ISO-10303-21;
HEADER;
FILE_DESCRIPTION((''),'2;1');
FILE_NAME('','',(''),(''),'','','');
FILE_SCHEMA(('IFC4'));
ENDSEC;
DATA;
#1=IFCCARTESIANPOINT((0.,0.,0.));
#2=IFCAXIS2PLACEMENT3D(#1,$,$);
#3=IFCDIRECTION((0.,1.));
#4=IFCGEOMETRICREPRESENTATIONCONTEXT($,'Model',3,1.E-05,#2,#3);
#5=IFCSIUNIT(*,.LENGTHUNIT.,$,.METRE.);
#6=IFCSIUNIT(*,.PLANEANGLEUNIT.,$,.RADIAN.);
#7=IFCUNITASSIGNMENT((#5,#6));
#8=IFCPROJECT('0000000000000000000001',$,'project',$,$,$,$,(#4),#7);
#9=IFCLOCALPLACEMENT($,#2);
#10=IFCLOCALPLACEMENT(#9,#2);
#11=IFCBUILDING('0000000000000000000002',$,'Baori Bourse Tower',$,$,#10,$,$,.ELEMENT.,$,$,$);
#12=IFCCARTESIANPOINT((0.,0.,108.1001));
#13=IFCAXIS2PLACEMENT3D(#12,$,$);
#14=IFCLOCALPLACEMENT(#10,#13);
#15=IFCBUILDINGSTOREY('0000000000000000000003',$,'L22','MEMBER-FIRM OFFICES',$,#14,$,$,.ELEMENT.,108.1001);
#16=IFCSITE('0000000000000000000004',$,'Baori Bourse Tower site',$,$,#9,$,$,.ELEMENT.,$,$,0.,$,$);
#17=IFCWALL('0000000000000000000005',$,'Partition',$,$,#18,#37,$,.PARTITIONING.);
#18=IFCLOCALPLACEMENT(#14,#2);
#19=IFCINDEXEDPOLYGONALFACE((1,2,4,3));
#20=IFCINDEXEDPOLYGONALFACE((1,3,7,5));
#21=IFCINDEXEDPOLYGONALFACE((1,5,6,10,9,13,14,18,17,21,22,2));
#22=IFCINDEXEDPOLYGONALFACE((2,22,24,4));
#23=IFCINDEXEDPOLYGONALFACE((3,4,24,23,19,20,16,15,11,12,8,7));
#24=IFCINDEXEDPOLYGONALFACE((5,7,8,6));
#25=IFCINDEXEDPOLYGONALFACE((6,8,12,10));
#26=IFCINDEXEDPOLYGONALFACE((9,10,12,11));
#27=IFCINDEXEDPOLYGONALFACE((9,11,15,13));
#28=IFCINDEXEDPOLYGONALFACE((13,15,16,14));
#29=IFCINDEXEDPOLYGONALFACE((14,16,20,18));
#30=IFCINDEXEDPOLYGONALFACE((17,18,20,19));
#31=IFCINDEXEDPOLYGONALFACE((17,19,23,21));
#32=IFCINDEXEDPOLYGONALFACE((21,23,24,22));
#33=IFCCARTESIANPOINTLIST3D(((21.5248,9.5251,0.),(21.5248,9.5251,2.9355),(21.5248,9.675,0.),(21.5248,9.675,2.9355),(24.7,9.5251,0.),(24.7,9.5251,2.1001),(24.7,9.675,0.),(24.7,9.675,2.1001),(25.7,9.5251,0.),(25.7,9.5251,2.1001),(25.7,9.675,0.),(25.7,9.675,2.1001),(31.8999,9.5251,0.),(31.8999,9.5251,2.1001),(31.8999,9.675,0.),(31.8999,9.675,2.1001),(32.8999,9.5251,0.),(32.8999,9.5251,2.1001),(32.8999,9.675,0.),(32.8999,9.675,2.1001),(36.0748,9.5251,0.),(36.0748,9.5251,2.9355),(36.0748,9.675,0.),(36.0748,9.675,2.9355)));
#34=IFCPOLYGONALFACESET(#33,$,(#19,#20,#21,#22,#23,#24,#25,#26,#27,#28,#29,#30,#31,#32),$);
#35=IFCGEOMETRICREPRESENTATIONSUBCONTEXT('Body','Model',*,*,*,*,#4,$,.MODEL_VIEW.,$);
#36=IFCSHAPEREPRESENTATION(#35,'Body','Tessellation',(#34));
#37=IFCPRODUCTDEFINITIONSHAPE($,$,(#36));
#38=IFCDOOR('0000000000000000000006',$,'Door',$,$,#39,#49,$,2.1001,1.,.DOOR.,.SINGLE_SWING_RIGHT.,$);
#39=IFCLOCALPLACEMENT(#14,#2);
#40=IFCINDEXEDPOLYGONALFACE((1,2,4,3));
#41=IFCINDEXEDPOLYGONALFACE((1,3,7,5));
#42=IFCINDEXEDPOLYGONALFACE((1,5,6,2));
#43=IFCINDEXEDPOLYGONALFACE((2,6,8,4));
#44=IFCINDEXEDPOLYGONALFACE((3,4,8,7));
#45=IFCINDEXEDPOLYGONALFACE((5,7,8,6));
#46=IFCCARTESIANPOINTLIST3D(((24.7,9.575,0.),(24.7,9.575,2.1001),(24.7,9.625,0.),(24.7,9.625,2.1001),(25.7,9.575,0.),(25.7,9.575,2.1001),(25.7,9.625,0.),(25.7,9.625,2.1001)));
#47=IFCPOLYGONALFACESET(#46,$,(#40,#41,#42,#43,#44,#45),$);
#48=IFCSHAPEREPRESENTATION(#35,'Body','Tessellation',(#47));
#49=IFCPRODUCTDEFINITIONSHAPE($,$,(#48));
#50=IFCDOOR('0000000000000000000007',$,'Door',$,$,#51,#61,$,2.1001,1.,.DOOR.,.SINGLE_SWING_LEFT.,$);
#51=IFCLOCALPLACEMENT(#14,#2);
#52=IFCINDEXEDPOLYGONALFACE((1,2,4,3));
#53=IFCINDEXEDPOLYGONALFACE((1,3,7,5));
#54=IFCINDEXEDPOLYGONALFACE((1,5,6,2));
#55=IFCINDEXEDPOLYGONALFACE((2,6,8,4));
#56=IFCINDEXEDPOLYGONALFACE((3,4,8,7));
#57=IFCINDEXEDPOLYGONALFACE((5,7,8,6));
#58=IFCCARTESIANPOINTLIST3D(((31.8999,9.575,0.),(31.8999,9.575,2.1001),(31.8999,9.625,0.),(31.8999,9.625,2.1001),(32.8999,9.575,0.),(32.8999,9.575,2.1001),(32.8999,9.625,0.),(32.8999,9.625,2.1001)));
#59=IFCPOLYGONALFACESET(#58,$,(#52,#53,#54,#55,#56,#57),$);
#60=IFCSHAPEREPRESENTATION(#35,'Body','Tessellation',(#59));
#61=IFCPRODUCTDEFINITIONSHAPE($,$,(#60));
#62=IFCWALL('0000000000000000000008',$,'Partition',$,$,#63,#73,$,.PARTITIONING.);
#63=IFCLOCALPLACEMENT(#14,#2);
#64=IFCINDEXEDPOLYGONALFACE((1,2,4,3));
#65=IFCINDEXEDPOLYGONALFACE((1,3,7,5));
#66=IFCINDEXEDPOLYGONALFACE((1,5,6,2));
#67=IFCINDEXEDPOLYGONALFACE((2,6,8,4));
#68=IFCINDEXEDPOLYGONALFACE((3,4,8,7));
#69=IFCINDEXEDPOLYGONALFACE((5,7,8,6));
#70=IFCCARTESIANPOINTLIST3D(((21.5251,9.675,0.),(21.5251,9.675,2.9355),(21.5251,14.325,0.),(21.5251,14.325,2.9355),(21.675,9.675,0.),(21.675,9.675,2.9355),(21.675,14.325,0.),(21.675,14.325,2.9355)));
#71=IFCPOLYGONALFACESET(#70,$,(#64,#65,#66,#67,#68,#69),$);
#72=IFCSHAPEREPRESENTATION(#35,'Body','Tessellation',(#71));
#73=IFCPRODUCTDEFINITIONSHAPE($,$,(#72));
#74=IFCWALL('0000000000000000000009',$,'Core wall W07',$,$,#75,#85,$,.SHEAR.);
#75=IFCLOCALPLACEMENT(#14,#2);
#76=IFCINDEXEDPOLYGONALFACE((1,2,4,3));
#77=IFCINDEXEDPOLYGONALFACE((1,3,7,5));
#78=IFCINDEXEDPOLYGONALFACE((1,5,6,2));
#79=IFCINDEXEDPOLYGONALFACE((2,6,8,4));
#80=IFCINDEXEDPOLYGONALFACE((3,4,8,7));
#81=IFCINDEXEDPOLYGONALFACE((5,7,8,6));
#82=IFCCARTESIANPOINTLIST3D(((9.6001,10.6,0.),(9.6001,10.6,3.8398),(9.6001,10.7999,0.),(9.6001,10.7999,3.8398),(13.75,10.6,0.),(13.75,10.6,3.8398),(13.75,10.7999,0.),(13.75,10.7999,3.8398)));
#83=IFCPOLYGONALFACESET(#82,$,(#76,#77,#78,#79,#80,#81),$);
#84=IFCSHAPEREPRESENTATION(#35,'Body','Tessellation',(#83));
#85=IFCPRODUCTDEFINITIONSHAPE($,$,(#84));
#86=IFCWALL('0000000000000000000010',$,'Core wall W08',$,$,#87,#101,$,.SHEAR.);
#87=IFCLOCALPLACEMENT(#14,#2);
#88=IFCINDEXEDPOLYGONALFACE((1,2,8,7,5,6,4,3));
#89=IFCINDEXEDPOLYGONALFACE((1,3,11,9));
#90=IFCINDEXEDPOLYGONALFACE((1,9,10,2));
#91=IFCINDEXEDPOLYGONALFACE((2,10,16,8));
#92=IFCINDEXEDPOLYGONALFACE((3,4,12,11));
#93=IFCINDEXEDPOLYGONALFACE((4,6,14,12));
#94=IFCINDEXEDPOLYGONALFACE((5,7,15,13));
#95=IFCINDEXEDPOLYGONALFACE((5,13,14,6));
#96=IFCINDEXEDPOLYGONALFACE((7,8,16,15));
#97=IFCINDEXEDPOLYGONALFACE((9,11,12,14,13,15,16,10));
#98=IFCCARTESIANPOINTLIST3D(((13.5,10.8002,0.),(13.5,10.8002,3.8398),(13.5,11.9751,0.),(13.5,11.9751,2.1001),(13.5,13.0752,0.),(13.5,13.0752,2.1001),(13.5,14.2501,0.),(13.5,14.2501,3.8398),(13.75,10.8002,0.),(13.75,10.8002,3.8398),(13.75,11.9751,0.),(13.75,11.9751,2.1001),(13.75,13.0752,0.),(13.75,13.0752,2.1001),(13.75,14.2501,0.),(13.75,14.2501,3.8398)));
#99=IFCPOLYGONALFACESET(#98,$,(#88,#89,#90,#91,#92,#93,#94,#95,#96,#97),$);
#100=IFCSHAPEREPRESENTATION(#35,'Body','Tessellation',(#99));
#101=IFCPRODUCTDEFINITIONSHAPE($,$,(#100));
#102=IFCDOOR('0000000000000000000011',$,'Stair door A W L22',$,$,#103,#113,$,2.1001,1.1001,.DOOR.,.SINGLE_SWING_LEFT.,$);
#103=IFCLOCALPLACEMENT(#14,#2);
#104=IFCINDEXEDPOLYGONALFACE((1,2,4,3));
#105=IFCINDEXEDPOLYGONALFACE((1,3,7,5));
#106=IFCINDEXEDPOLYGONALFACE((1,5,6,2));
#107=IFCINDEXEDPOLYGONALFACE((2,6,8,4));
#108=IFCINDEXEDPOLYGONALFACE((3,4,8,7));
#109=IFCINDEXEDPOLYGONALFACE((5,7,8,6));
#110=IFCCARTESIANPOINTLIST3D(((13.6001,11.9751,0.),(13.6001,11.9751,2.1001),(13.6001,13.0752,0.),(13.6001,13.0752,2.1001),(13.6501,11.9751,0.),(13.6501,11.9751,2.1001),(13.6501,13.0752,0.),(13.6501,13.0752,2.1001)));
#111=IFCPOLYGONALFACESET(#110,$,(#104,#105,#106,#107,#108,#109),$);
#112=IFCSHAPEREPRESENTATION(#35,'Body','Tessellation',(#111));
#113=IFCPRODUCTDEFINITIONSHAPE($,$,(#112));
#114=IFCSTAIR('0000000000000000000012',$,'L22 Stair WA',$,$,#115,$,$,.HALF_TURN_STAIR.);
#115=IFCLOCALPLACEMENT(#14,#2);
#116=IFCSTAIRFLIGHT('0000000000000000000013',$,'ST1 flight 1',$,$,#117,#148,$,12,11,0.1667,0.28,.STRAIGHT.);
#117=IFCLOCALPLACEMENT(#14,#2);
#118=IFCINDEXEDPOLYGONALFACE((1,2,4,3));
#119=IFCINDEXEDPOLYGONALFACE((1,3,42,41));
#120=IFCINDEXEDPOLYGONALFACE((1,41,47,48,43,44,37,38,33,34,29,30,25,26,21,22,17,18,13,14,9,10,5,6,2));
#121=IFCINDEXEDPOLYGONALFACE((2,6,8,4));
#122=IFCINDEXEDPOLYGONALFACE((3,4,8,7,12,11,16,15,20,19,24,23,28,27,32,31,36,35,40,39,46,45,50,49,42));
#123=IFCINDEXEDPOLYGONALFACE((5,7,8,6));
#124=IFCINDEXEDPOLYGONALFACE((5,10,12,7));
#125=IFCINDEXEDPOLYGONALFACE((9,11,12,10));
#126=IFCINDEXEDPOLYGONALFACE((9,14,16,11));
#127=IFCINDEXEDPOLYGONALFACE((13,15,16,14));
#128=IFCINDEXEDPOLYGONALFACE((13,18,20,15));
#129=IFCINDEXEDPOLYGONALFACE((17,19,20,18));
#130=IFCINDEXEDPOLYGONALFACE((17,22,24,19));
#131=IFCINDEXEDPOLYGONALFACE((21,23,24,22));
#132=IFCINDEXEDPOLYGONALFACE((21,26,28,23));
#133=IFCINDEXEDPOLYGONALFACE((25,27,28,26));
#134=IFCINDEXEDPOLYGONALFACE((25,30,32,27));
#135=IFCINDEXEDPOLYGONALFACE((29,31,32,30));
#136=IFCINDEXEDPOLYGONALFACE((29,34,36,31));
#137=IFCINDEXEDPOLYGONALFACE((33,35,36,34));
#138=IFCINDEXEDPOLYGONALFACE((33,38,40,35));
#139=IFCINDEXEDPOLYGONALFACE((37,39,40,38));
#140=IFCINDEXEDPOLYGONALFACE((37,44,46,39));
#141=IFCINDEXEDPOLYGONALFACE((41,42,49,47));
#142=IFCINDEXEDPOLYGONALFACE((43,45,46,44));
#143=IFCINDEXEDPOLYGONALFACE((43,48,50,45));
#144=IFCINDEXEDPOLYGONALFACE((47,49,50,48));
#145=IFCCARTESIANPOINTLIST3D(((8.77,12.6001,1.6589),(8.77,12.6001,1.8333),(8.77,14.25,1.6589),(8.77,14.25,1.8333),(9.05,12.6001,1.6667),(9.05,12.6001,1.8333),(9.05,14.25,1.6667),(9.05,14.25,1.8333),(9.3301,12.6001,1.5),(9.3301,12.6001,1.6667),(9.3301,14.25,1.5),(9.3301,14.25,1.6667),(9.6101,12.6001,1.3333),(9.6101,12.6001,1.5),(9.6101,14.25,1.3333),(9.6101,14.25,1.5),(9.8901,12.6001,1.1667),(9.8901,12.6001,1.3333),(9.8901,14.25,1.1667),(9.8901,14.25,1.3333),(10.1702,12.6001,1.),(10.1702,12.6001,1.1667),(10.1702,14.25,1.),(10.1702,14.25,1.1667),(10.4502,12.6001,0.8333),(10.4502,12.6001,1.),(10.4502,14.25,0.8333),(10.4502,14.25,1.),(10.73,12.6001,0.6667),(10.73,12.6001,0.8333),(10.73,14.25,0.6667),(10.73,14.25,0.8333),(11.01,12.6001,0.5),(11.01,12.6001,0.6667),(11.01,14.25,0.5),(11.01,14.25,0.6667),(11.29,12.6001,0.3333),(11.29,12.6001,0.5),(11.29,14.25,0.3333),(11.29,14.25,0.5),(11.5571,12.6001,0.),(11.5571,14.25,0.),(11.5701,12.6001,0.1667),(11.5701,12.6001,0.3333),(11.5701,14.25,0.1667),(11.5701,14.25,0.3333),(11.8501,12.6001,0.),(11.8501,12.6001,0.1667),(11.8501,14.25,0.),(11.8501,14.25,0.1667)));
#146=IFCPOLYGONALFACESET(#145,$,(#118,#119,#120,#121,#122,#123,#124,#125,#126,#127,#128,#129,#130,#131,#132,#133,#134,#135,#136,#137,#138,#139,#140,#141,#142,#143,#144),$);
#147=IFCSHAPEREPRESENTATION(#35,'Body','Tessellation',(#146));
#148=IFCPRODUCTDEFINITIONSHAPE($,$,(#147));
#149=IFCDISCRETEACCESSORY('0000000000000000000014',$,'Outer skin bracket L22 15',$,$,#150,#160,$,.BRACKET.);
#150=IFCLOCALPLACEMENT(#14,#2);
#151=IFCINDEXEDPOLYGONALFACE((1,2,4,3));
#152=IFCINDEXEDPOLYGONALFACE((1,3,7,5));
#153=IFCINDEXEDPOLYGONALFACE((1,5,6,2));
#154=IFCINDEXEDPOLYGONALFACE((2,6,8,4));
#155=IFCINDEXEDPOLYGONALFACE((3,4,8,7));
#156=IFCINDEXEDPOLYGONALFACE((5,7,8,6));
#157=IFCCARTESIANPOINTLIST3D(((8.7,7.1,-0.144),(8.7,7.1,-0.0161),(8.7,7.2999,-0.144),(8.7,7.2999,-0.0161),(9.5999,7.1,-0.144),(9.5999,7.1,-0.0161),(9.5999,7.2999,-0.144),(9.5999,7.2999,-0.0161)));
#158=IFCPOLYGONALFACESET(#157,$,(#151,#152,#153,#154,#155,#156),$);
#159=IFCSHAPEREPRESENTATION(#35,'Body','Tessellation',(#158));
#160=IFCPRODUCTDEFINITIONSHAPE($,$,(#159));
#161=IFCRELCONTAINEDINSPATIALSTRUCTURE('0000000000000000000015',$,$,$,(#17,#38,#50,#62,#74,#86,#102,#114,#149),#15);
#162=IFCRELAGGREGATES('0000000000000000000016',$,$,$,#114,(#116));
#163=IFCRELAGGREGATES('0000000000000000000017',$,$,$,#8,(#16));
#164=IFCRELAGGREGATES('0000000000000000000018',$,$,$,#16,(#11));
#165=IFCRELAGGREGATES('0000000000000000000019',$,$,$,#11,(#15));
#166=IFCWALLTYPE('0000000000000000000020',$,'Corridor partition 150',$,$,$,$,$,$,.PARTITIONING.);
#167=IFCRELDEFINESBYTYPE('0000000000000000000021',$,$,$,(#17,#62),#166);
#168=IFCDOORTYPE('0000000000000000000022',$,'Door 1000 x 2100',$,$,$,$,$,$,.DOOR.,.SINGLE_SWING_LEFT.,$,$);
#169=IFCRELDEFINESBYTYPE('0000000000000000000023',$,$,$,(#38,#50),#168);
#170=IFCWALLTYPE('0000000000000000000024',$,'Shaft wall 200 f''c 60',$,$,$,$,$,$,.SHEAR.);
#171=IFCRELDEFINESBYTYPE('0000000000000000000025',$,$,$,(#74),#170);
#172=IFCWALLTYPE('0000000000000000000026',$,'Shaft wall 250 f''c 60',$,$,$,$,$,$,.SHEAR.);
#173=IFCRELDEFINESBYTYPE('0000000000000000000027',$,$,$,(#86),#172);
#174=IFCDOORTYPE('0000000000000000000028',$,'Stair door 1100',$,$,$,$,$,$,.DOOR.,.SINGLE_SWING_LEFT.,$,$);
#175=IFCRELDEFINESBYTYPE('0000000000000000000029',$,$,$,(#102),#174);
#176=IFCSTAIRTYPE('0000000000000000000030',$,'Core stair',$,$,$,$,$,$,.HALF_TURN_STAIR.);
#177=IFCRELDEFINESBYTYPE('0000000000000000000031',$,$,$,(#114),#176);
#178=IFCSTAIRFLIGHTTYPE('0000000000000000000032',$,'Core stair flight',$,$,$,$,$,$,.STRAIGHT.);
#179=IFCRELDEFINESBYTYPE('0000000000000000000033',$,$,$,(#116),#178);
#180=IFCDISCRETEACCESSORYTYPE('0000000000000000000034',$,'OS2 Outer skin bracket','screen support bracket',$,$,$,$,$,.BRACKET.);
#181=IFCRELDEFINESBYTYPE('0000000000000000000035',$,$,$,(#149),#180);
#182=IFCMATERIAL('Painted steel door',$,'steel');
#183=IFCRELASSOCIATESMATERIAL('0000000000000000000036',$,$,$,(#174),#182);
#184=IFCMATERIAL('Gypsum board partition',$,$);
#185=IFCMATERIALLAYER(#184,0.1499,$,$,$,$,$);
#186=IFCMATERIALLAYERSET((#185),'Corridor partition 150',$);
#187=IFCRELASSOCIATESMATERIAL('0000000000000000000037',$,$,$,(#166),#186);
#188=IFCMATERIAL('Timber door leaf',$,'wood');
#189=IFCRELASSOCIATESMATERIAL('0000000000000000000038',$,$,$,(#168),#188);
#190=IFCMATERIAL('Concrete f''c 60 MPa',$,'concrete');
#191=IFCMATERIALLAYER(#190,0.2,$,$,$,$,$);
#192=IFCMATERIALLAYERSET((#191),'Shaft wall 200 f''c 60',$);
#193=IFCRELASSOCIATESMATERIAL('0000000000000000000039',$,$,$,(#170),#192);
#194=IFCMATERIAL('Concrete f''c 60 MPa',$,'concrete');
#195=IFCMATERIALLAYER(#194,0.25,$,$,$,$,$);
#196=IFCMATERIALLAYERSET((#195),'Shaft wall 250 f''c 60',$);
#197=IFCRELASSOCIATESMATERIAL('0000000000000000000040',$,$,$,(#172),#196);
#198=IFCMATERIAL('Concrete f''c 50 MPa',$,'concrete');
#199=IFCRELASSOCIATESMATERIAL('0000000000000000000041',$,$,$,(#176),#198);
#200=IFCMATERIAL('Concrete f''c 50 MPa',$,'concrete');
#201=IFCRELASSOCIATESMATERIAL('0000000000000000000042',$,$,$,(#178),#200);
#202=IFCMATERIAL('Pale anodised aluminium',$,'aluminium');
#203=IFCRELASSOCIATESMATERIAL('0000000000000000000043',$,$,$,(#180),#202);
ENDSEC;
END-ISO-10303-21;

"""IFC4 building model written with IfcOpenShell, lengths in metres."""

from ifc_helpers import new_model, si_unit, direction, frame, frame_2d, origin, origin_2d, place, context, subcontext, project, spatial, polyline, rectangle, outline, extrude, material, layer, layer_set, type_object, element, fill, aggregate, save


model = new_model("IFC4")

# Units and contexts
model_context = context("Model", 3, precision=1e-05, world=origin(), true_north=direction((0.0, 1.0)))
body_context = subcontext(model_context, "Body", "Model", "MODEL_VIEW")
ifc_project = project(units=[si_unit("LENGTHUNIT", "METRE"), si_unit("PLANEANGLEUNIT", "RADIAN")], contexts=[model_context])

# Site, building, storey
site_placement = place(None, origin())
site = spatial("IfcSite", under=ifc_project, at=site_placement, Name="Baori Bourse Tower site", CompositionType="ELEMENT", RefElevation=0.0)
building_placement = place(site_placement, origin())
building = spatial("IfcBuilding", under=site, at=building_placement, Name="Baori Bourse Tower", CompositionType="ELEMENT")
storey_placement = place(building_placement, frame((0.0, 0.0, 108.1001)))
storey = spatial("IfcBuildingStorey", under=building, at=storey_placement, Name="L22", Description="MEMBER-FIRM OFFICES", CompositionType="ELEMENT", Elevation=108.1001)

# Shared definitions
ifc_material_1 = material(Name="Painted steel door", Category="steel")
door_type_1 = type_object("IfcDoorType", Name="Stair door 1100", OperationType="SINGLE_SWING_LEFT", PredefinedType="DOOR", material=ifc_material_1)

# Wall, openings, doors
ifc_material_2 = material(Name="Gypsum board partition")
ifc_layer_1 = layer(ifc_material_2, 0.1499)
ifc_layer_set_1 = layer_set([ifc_layer_1], Name="Corridor partition 150")
wall_type_1 = type_object("IfcWallType", Name="Corridor partition 150", PredefinedType="PARTITIONING", material=ifc_layer_set_1)
ifc_material_3 = material(Name="Timber door leaf", Category="wood")
door_type_2 = type_object("IfcDoorType", Name="Door 1000 x 2100", OperationType="SINGLE_SWING_LEFT", PredefinedType="DOOR", material=ifc_material_3)
wall_1_placement = place(storey_placement, frame((21.5249, 9.6001, 0.0), z_axis=(0.0, 0.0, 1.0), x_axis=(1.0, 0.0, 0.0)))
wall_1 = element("IfcWall", 1, at=wall_1_placement, inside=storey, type_object=wall_type_1, Name="Partition", PredefinedType="PARTITIONING", context=body_context, shape_type="SweptSolid", body=[
    extrude(rectangle(XDim=14.55, YDim=0.1499, at=frame_2d((7.2749, 0.0))), origin(), (0.0, 0.0, 1.0), 2.9355),
])
opening_1_placement = place(wall_1_placement, frame((3.175, 0.0, 0.0)))
opening_1 = element("IfcOpeningElement", 2, at=opening_1_placement, cuts=wall_1, PredefinedType="OPENING", context=body_context, shape_type="SweptSolid", body=[
    extrude(rectangle(XDim=1.0, YDim=2.1001, at=frame_2d((0.5, 1.05))), frame((0.0, 0.085, 0.0), z_axis=(0.0, -1.0, 0.0), x_axis=(1.0, 0.0, 0.0)), (0.0, 0.0, 1.0), 0.1699),
])
opening_2_placement = place(wall_1_placement, frame((10.375, 0.0, 0.0)))
opening_2 = element("IfcOpeningElement", 3, at=opening_2_placement, cuts=wall_1, PredefinedType="OPENING", context=body_context, shape_type="SweptSolid", body=[
    extrude(rectangle(XDim=1.0, YDim=2.1001, at=frame_2d((0.5, 1.05))), frame((0.0, 0.085, 0.0), z_axis=(0.0, -1.0, 0.0), x_axis=(1.0, 0.0, 0.0)), (0.0, 0.0, 1.0), 0.1699),
])
door_1_placement = place(opening_1_placement, origin())
door_1 = element("IfcDoor", 4, at=door_1_placement, inside=storey, type_object=door_type_2, Name="Door", OperationType="SINGLE_SWING_RIGHT", OverallHeight=2.1001, OverallWidth=1.0, PredefinedType="DOOR", context=body_context, shape_type="SweptSolid", body=[
    extrude(rectangle(XDim=1.0, YDim=2.1001, at=frame_2d((0.5, 1.05))), frame((0.0, 0.0249, 0.0), z_axis=(0.0, -1.0, 0.0), x_axis=(1.0, 0.0, 0.0)), (0.0, 0.0, 1.0), 0.05),
])
fill(opening_1, door_1)
door_2_placement = place(opening_2_placement, origin())
door_2 = element("IfcDoor", 5, at=door_2_placement, inside=storey, type_object=door_type_2, Name="Door", OperationType="SINGLE_SWING_LEFT", OverallHeight=2.1001, OverallWidth=1.0, PredefinedType="DOOR", context=body_context, shape_type="SweptSolid", body=[
    extrude(rectangle(XDim=1.0, YDim=2.1001, at=frame_2d((0.5, 1.05))), frame((0.0, 0.0249, 0.0), z_axis=(0.0, -1.0, 0.0), x_axis=(1.0, 0.0, 0.0)), (0.0, 0.0, 1.0), 0.05),
])
fill(opening_2, door_2)

# Walls
wall_2_placement = place(storey_placement, frame((21.6001, 9.675, 0.0), z_axis=(0.0, 0.0, 1.0), x_axis=(0.0, 1.0, 0.0)))
element("IfcWall", 6, at=wall_2_placement, inside=storey, type_object=wall_type_1, Name="Partition", PredefinedType="PARTITIONING", context=body_context, shape_type="SweptSolid", body=[
    extrude(rectangle(XDim=4.6499, YDim=0.1499, at=frame_2d((2.325, 0.0))), origin(), (0.0, 0.0, 1.0), 2.9355),
])
ifc_material_4 = material(Name="Concrete f'c 60 MPa", Category="concrete")
ifc_layer_2 = layer(ifc_material_4, 0.2)
ifc_layer_set_2 = layer_set([ifc_layer_2], Name="Shaft wall 200 f'c 60")
wall_type_2 = type_object("IfcWallType", Name="Shaft wall 200 f'c 60", PredefinedType="SHEAR", material=ifc_layer_set_2)
wall_3_placement = place(storey_placement, frame((9.6001, 10.7, 0.0), z_axis=(0.0, 0.0, 1.0), x_axis=(1.0, 0.0, 0.0)))
element("IfcWall", 7, at=wall_3_placement, inside=storey, type_object=wall_type_2, Name="Core wall W07", PredefinedType="SHEAR", context=body_context, shape_type="SweptSolid", body=[
    extrude(rectangle(XDim=4.1499, YDim=0.2, at=frame_2d((2.075, 0.0))), origin(), (0.0, 0.0, 1.0), 3.8398),
])

# Wall, opening, door
ifc_material_5 = material(Name="Concrete f'c 60 MPa", Category="concrete")
ifc_layer_3 = layer(ifc_material_5, 0.25)
ifc_layer_set_3 = layer_set([ifc_layer_3], Name="Shaft wall 250 f'c 60")
wall_type_3 = type_object("IfcWallType", Name="Shaft wall 250 f'c 60", PredefinedType="SHEAR", material=ifc_layer_set_3)
wall_4_placement = place(storey_placement, frame((13.625, 10.8, 0.0), z_axis=(0.0, 0.0, 1.0), x_axis=(0.0, 1.0, 0.0)))
wall_4 = element("IfcWall", 8, at=wall_4_placement, inside=storey, type_object=wall_type_3, Name="Core wall W08", PredefinedType="SHEAR", context=body_context, shape_type="SweptSolid", body=[
    extrude(rectangle(XDim=3.45, YDim=0.25, at=frame_2d((1.7251, 0.0))), origin(), (0.0, 0.0, 1.0), 3.8398),
])
opening_3_placement = place(wall_4_placement, frame((1.175, 0.0, 0.0)))
opening_3 = element("IfcOpeningElement", 9, at=opening_3_placement, cuts=wall_4, PredefinedType="OPENING", context=body_context, shape_type="SweptSolid", body=[
    extrude(rectangle(XDim=1.1001, YDim=2.1001, at=frame_2d((0.55, 1.05))), frame((0.0, 0.135, 0.0), z_axis=(0.0, -1.0, 0.0), x_axis=(1.0, 0.0, 0.0)), (0.0, 0.0, 1.0), 0.27),
])
door_3_placement = place(opening_3_placement, origin())
door_3 = element("IfcDoor", 10, at=door_3_placement, inside=storey, type_object=door_type_1, Name="Stair door A W L22", OperationType="SINGLE_SWING_LEFT", OverallHeight=2.1001, OverallWidth=1.1001, PredefinedType="DOOR", context=body_context, shape_type="SweptSolid", body=[
    extrude(rectangle(XDim=1.1001, YDim=2.1001, at=frame_2d((0.55, 1.05))), frame((0.0, 0.0249, 0.0), z_axis=(0.0, -1.0, 0.0), x_axis=(1.0, 0.0, 0.0)), (0.0, 0.0, 1.0), 0.05),
])
fill(opening_3, door_3)

# Stair, stair flight
ifc_material_6 = material(Name="Concrete f'c 50 MPa", Category="concrete")
stair_type = type_object("IfcStairType", Name="Core stair", PredefinedType="HALF_TURN_STAIR", material=ifc_material_6)
stair_placement = place(storey_placement, origin())
stair = element("IfcStair", 11, at=stair_placement, inside=storey, type_object=stair_type, Name="L22 Stair WA", PredefinedType="HALF_TURN_STAIR")
ifc_material_7 = material(Name="Concrete f'c 50 MPa", Category="concrete")
stair_flight_type = type_object("IfcStairFlightType", Name="Core stair flight", PredefinedType="STRAIGHT", material=ifc_material_7)
stair_flight_placement = place(storey_placement, frame((11.8501, 13.425, 0.0), z_axis=(0.0, 0.0, 1.0), x_axis=(-1.0, 0.0, 0.0)))
stair_flight = element("IfcStairFlight", 12, at=stair_flight_placement, type_object=stair_flight_type, Name="ST1 flight 1", NumberOfRisers=12, NumberOfTreads=11, PredefinedType="STRAIGHT", RiserHeight=0.1667, TreadLength=0.28, context=body_context, shape_type="SweptSolid", body=[
    extrude(outline(polyline([(0.0, 0.0), (0.0, 0.1667), (0.28, 0.1667), (0.28, 0.3333), (0.5601, 0.3333), (0.5601, 0.5), (0.8401, 0.5), (0.8401, 0.6667), (1.1201, 0.6667), (1.1201, 0.8333), (1.3999, 0.8333), (1.3999, 1.0), (1.6799, 1.0), (1.6799, 1.1667), (1.96, 1.1667), (1.96, 1.3333), (2.24, 1.3333), (2.24, 1.5), (2.52, 1.5), (2.52, 1.6667), (2.8, 1.6667), (2.8, 1.8333), (3.0801, 1.8333), (3.0801, 2.0), (3.0801, 1.6589), (0.293, 0.0), (0.0, 0.0)])), frame((0.0, 0.825, 0.0), z_axis=(0.0, -1.0, 0.0), x_axis=(1.0, 0.0, 0.0)), (0.0, 0.0, 1.0), 1.6499),
])
aggregate(stair, [stair_flight])

# Discrete accessory
ifc_material_8 = material(Name="Pale anodised aluminium", Category="aluminium")
discrete_accessory_type = type_object("IfcDiscreteAccessoryType", Name="OS2 Outer skin bracket", Description="screen support bracket", PredefinedType="BRACKET", material=ifc_material_8)
discrete_accessory_placement = place(storey_placement, frame((9.1499, 7.2, -0.144), z_axis=(0.0, 0.0, 1.0), x_axis=(0.0, -1.0, 0.0)))
element("IfcDiscreteAccessory", 13, at=discrete_accessory_placement, inside=storey, type_object=discrete_accessory_type, Name="Outer skin bracket L22 15", PredefinedType="BRACKET", context=body_context, shape_type="SweptSolid", body=[
    extrude(rectangle(XDim=0.2, YDim=0.8999, at=origin_2d()), origin(), (0.0, 0.0, 1.0), 0.1279),
])

save(model, "model.ifc")
